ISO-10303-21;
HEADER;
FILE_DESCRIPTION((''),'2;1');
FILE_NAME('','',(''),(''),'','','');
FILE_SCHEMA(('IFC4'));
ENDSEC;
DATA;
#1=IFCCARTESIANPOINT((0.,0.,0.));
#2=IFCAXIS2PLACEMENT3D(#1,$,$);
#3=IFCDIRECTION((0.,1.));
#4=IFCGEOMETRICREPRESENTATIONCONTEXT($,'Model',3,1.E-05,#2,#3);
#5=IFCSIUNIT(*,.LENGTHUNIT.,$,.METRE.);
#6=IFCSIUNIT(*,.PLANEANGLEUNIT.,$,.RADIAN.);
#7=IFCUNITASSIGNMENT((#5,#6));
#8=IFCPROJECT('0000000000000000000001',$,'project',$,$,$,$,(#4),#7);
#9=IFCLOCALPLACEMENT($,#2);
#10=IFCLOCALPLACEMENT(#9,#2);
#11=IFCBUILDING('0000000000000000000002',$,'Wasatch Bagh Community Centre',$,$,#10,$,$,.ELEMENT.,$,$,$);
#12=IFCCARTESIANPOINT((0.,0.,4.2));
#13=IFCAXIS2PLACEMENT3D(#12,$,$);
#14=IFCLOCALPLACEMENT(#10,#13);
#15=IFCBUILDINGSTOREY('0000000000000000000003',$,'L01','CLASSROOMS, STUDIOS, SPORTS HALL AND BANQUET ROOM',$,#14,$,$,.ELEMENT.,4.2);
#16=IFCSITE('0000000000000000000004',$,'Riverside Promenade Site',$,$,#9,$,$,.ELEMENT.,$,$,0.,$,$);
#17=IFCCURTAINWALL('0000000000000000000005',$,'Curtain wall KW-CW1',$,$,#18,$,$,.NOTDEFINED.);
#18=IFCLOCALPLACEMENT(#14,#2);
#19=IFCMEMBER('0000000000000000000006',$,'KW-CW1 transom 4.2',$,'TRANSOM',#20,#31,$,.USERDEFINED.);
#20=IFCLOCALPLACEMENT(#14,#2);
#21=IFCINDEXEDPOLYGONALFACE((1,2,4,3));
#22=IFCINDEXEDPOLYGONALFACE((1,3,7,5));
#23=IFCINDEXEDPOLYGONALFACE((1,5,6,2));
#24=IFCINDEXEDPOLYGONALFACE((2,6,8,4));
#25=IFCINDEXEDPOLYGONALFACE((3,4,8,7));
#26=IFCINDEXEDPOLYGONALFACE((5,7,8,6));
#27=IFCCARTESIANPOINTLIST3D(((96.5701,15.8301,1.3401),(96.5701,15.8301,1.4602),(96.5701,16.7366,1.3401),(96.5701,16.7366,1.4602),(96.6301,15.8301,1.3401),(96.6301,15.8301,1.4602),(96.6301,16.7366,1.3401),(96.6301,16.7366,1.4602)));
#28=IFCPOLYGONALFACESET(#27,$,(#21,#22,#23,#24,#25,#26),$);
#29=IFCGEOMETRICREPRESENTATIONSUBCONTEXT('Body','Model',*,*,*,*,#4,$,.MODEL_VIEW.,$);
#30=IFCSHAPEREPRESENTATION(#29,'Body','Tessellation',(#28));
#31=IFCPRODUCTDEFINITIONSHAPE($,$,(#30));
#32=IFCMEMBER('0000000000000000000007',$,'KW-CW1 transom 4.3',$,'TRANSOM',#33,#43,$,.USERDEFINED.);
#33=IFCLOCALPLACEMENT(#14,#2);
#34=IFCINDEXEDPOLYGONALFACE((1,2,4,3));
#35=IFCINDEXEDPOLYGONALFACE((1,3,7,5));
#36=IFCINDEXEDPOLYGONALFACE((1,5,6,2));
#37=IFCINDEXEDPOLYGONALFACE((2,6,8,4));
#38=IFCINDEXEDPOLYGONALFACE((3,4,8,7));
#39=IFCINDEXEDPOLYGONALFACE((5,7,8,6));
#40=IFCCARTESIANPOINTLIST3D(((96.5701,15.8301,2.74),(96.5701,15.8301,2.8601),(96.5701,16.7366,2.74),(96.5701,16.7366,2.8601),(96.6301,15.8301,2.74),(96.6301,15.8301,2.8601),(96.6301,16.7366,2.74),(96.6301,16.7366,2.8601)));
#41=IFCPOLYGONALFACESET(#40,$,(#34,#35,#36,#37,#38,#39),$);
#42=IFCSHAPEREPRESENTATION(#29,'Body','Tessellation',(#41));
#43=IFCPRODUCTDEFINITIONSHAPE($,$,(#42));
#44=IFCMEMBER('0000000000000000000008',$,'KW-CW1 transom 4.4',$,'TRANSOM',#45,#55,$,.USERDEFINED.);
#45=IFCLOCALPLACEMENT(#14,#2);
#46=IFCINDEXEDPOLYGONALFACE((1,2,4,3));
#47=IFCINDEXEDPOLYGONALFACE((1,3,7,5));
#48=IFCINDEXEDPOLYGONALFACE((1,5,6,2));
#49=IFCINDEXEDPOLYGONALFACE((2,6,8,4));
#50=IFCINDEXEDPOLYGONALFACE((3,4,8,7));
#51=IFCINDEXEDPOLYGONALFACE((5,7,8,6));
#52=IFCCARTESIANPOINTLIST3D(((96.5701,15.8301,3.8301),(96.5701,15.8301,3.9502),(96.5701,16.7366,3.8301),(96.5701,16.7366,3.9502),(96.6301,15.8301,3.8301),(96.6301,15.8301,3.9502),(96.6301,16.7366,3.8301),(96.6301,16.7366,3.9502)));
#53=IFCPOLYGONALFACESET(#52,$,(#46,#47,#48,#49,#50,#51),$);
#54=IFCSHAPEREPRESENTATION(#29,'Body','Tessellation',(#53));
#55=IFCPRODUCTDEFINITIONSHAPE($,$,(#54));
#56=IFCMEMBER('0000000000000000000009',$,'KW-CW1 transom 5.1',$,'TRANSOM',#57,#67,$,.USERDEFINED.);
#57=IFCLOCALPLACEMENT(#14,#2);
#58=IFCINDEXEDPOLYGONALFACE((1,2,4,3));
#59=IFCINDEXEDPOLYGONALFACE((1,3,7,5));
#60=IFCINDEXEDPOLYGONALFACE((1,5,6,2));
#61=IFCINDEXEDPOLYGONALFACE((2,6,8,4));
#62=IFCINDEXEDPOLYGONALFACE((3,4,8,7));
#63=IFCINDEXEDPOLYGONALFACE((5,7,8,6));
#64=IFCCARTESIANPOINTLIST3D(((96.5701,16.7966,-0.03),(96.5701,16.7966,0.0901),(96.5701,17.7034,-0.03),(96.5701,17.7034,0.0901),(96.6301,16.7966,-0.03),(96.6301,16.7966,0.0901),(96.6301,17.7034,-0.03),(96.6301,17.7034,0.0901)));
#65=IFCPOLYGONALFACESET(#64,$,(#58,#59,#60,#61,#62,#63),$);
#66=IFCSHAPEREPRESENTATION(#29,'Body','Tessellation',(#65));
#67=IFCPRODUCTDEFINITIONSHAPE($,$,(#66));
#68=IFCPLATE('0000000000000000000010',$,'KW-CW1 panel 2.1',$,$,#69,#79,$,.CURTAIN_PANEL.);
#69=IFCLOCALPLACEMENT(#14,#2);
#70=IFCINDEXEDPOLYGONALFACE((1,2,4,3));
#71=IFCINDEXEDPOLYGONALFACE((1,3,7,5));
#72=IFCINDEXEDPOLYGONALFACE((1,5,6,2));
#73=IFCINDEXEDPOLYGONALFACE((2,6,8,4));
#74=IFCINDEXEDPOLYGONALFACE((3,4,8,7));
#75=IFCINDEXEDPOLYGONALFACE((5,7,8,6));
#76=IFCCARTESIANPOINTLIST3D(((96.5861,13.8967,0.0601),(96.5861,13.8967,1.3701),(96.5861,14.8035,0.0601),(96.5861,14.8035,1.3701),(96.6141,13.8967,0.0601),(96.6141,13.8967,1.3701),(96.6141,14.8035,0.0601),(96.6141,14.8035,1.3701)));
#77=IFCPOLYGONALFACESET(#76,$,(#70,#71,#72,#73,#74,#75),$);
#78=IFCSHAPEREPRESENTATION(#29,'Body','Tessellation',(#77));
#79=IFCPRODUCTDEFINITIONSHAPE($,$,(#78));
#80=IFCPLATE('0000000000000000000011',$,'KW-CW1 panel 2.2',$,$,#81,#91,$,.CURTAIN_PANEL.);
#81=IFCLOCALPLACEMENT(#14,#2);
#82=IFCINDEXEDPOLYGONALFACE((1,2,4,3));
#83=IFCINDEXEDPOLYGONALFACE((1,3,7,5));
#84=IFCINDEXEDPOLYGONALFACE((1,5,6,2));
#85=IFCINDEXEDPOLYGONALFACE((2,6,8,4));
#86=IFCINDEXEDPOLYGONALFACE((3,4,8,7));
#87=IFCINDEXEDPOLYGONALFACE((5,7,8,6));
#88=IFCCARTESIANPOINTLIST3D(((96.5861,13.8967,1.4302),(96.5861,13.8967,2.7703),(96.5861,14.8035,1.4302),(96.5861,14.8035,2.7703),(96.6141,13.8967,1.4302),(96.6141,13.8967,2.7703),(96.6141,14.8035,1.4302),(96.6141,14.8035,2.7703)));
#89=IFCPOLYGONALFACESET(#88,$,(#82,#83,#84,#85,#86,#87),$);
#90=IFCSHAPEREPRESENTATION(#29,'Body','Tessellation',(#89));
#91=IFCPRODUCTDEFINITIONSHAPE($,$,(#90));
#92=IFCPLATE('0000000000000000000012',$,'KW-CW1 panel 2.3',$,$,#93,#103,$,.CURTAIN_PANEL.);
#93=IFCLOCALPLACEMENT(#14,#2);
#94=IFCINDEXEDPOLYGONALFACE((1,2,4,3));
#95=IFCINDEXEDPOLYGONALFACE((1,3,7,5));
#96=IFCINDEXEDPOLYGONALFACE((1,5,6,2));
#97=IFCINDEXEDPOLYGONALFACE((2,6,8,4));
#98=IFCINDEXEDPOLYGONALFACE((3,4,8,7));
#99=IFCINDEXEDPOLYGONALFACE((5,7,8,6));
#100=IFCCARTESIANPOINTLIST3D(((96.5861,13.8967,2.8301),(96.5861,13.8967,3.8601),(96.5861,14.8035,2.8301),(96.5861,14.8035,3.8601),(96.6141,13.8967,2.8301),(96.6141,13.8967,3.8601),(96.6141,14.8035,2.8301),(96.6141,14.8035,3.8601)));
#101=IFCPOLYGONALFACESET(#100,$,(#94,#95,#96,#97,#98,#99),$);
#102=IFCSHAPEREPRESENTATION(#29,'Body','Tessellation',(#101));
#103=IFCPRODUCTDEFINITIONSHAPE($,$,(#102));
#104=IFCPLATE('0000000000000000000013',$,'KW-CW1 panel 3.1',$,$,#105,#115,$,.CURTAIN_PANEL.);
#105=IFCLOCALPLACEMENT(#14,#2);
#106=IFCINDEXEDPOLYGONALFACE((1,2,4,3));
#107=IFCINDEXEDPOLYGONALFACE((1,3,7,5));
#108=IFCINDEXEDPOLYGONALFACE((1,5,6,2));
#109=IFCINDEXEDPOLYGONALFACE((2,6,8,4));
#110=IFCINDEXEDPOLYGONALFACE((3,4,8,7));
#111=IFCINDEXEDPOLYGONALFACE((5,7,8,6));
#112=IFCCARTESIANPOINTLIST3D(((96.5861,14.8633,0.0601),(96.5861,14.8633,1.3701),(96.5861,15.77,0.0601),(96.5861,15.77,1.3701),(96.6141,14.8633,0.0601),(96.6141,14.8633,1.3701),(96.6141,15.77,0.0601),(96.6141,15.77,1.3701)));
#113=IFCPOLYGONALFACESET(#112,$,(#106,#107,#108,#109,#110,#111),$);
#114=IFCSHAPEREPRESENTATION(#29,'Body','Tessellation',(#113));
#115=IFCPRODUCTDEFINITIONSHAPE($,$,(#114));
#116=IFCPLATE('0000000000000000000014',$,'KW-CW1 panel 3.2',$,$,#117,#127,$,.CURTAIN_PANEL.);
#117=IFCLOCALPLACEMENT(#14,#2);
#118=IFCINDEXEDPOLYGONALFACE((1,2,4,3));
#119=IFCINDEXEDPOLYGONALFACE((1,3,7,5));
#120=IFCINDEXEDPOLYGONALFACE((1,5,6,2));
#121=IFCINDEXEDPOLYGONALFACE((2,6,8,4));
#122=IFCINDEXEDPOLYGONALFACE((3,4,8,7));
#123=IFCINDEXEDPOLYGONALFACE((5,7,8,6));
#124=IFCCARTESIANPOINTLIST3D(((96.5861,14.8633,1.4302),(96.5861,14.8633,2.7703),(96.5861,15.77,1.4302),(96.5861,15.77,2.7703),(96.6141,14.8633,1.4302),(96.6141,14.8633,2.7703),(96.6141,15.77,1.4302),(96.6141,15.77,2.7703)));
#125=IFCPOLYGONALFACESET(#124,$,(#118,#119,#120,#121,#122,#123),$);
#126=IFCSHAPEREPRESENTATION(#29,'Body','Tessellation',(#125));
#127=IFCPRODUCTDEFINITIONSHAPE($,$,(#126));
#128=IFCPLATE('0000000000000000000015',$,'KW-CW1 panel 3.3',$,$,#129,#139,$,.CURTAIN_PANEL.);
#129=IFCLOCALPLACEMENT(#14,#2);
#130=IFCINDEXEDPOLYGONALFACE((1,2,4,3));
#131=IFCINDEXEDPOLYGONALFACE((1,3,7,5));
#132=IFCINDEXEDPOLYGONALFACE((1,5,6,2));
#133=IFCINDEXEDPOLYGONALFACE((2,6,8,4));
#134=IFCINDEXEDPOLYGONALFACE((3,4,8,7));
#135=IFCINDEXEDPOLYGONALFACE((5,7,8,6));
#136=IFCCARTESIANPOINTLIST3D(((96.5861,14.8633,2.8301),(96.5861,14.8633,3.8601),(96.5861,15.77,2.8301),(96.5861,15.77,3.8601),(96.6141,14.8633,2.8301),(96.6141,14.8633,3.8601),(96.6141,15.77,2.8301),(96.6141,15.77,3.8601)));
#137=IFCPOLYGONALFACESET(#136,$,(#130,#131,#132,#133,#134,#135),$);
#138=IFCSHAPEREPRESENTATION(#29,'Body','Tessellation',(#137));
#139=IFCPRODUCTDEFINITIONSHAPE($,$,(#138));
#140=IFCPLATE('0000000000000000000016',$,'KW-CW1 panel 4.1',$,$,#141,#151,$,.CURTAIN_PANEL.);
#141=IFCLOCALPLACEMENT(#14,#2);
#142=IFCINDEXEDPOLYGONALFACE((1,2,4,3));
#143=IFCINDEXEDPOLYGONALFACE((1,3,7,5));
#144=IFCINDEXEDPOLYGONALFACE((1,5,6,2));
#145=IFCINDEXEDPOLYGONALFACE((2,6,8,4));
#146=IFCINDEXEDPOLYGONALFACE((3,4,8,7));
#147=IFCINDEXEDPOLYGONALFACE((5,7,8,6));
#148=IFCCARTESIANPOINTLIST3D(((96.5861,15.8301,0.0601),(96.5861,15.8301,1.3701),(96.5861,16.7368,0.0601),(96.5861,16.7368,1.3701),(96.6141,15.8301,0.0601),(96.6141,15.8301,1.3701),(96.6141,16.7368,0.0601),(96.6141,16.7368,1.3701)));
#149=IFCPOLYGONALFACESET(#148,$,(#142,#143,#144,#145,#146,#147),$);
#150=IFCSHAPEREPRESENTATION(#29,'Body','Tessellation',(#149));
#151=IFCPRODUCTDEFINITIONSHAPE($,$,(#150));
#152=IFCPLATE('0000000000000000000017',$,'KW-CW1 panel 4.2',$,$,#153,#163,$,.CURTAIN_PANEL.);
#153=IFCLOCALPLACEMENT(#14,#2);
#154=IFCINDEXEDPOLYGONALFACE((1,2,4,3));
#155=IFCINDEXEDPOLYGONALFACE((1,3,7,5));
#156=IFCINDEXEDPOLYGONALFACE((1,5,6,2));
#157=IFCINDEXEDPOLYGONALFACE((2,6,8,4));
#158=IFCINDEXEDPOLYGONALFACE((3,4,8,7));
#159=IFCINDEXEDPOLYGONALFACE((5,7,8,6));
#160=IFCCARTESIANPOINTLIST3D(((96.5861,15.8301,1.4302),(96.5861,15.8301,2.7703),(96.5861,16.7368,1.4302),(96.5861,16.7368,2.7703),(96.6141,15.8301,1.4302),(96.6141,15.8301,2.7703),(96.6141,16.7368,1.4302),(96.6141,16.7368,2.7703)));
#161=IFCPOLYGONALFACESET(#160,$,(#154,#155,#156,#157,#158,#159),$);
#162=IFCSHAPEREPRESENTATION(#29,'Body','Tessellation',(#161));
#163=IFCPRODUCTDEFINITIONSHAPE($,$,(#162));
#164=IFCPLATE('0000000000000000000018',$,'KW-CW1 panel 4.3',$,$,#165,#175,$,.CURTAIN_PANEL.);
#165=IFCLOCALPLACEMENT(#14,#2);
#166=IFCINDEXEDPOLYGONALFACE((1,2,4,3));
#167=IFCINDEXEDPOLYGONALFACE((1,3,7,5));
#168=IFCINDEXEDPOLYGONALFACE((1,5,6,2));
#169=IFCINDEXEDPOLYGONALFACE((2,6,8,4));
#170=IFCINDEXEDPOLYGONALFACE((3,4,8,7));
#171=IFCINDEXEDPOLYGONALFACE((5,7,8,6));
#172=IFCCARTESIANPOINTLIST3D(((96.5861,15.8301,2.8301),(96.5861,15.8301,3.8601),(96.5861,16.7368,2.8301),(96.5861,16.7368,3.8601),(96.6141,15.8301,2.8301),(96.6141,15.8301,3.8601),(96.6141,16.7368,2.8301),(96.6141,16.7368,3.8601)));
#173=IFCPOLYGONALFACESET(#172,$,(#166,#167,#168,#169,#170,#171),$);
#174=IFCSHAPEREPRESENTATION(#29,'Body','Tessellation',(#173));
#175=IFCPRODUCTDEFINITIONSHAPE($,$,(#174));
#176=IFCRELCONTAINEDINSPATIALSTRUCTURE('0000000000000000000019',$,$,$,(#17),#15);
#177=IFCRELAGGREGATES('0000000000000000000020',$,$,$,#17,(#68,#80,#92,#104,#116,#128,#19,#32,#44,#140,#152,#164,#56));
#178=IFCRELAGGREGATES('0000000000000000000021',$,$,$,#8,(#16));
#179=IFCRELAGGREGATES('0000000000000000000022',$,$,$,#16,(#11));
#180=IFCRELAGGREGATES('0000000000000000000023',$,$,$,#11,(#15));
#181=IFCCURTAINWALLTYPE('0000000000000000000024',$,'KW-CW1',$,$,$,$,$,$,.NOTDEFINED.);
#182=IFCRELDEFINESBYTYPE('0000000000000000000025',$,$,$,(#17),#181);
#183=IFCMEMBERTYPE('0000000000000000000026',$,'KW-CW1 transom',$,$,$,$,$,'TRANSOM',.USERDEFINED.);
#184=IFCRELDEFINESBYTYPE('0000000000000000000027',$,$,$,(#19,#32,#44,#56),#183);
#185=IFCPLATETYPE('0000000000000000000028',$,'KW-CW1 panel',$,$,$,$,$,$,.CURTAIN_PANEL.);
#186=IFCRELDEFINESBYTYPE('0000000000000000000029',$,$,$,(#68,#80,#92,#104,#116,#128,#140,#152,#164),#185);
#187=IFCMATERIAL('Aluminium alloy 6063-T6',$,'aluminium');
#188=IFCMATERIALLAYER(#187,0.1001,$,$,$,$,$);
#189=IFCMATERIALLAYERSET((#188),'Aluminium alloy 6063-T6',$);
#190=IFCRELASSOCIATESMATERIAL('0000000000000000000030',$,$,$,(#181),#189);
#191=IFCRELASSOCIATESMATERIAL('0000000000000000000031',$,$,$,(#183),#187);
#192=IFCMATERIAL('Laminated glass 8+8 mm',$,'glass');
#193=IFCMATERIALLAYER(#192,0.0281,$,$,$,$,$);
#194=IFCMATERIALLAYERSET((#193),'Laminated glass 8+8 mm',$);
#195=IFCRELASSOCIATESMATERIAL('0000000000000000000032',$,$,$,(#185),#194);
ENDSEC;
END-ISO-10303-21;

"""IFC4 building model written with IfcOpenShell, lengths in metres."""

from ifc_helpers import new_model, si_unit, direction, frame, origin, origin_2d, place, context, subcontext, project, spatial, rectangle, extrude, material, layer, layer_set, material_profile, profile_set, type_object, element, aggregate, save


model = new_model("IFC4")

# Units and contexts
model_context = context("Model", 3, precision=1e-05, world=origin(), true_north=direction((0.0, 1.0)))
body_context = subcontext(model_context, "Body", "Model", "MODEL_VIEW")
ifc_project = project(units=[si_unit("LENGTHUNIT", "METRE"), si_unit("PLANEANGLEUNIT", "RADIAN")], contexts=[model_context])

# Site, building, storey
site_placement = place(None, origin())
site = spatial("IfcSite", under=ifc_project, at=site_placement, Name="Riverside Promenade Site", CompositionType="ELEMENT", RefElevation=0.0)
building_placement = place(site_placement, origin())
building = spatial("IfcBuilding", under=site, at=building_placement, Name="Wasatch Bagh Community Centre", CompositionType="ELEMENT")
storey_placement = place(building_placement, frame((0.0, 0.0, 4.2)))
storey = spatial("IfcBuildingStorey", under=building, at=storey_placement, Name="L01", Description="CLASSROOMS, STUDIOS, SPORTS HALL AND BANQUET ROOM", CompositionType="ELEMENT", Elevation=4.2)

# Curtain wall, members, plates
ifc_material_1 = material(Name="Aluminium alloy 6063-T6", Category="aluminium")
ifc_layer_1 = layer(ifc_material_1, 0.1001)
ifc_layer_set_1 = layer_set([ifc_layer_1], Name="Aluminium alloy 6063-T6")
curtain_wall_type = type_object("IfcCurtainWallType", Name="KW-CW1", PredefinedType="NOTDEFINED", material=ifc_layer_set_1)
curtain_wall_placement = place(storey_placement, origin())
curtain_wall = element("IfcCurtainWall", 1, at=curtain_wall_placement, inside=storey, type_object=curtain_wall_type, Name="Curtain wall KW-CW1", PredefinedType="NOTDEFINED")
ifc_material_profile_1 = material_profile(ifc_material_1, rectangle(XDim=0.0601, YDim=0.1201, at=origin_2d()), Name="AL 60x120")
ifc_profile_set_1 = profile_set([ifc_material_profile_1], Name="Aluminium alloy 6063-T6")
member_type_1 = type_object("IfcMemberType", Name="KW-CW1 transom", ElementType="TRANSOM", PredefinedType="USERDEFINED", material=ifc_profile_set_1)
member_1_placement = place(storey_placement, frame((96.6001, 15.8301, 1.4001), z_axis=(0.0, 1.0, 0.0), x_axis=(-1.0, 0.0, 0.0)))
member_1 = element("IfcMember", 2, at=member_1_placement, type_object=member_type_1, Name="KW-CW1 transom 4.2", ObjectType="TRANSOM", PredefinedType="USERDEFINED", context=body_context, shape_type="SweptSolid", body=[
    extrude(rectangle(XDim=0.0601, YDim=0.1201, at=origin_2d()), origin(), (0.0, 0.0, 1.0), 0.9065),
])
member_2_placement = place(storey_placement, frame((96.6001, 15.8301, 2.8), z_axis=(0.0, 1.0, 0.0), x_axis=(-1.0, 0.0, 0.0)))
member_2 = element("IfcMember", 3, at=member_2_placement, type_object=member_type_1, Name="KW-CW1 transom 4.3", ObjectType="TRANSOM", PredefinedType="USERDEFINED", context=body_context, shape_type="SweptSolid", body=[
    extrude(rectangle(XDim=0.0601, YDim=0.1201, at=origin_2d()), origin(), (0.0, 0.0, 1.0), 0.9065),
])
member_3_placement = place(storey_placement, frame((96.6001, 15.8301, 3.8901), z_axis=(0.0, 1.0, 0.0), x_axis=(-1.0, 0.0, 0.0)))
member_3 = element("IfcMember", 4, at=member_3_placement, type_object=member_type_1, Name="KW-CW1 transom 4.4", ObjectType="TRANSOM", PredefinedType="USERDEFINED", context=body_context, shape_type="SweptSolid", body=[
    extrude(rectangle(XDim=0.0601, YDim=0.1201, at=origin_2d()), origin(), (0.0, 0.0, 1.0), 0.9065),
])
member_4_placement = place(storey_placement, frame((96.6001, 16.7966, 0.03), z_axis=(0.0, 1.0, 0.0), x_axis=(-1.0, 0.0, 0.0)))
member_4 = element("IfcMember", 5, at=member_4_placement, type_object=member_type_1, Name="KW-CW1 transom 5.1", ObjectType="TRANSOM", PredefinedType="USERDEFINED", context=body_context, shape_type="SweptSolid", body=[
    extrude(rectangle(XDim=0.0601, YDim=0.1201, at=origin_2d()), origin(), (0.0, 0.0, 1.0), 0.9067),
])
ifc_material_2 = material(Name="Laminated glass 8+8 mm", Category="glass")
ifc_layer_2 = layer(ifc_material_2, 0.0281)
ifc_layer_set_2 = layer_set([ifc_layer_2], Name="Laminated glass 8+8 mm")
plate_type = type_object("IfcPlateType", Name="KW-CW1 panel", PredefinedType="CURTAIN_PANEL", material=ifc_layer_set_2)
plate_1_placement = place(storey_placement, frame((96.6001, 14.3501, 0.0601), z_axis=(0.0, 0.0, 1.0), x_axis=(0.0, 1.0, 0.0)))
plate_1 = element("IfcPlate", 6, at=plate_1_placement, type_object=plate_type, Name="KW-CW1 panel 2.1", PredefinedType="CURTAIN_PANEL", context=body_context, shape_type="SweptSolid", body=[
    extrude(rectangle(XDim=0.9067, YDim=0.0281, at=origin_2d()), origin(), (0.0, 0.0, 1.0), 1.3101),
])
plate_2_placement = place(storey_placement, frame((96.6001, 14.3501, 1.4302), z_axis=(0.0, 0.0, 1.0), x_axis=(0.0, 1.0, 0.0)))
plate_2 = element("IfcPlate", 7, at=plate_2_placement, type_object=plate_type, Name="KW-CW1 panel 2.2", PredefinedType="CURTAIN_PANEL", context=body_context, shape_type="SweptSolid", body=[
    extrude(rectangle(XDim=0.9067, YDim=0.0281, at=origin_2d()), origin(), (0.0, 0.0, 1.0), 1.3401),
])
plate_3_placement = place(storey_placement, frame((96.6001, 14.3501, 2.8301), z_axis=(0.0, 0.0, 1.0), x_axis=(0.0, 1.0, 0.0)))
plate_3 = element("IfcPlate", 8, at=plate_3_placement, type_object=plate_type, Name="KW-CW1 panel 2.3", PredefinedType="CURTAIN_PANEL", context=body_context, shape_type="SweptSolid", body=[
    extrude(rectangle(XDim=0.9067, YDim=0.0281, at=origin_2d()), origin(), (0.0, 0.0, 1.0), 1.03),
])
plate_4_placement = place(storey_placement, frame((96.6001, 15.3167, 0.0601), z_axis=(0.0, 0.0, 1.0), x_axis=(0.0, 1.0, 0.0)))
plate_4 = element("IfcPlate", 9, at=plate_4_placement, type_object=plate_type, Name="KW-CW1 panel 3.1", PredefinedType="CURTAIN_PANEL", context=body_context, shape_type="SweptSolid", body=[
    extrude(rectangle(XDim=0.9067, YDim=0.0281, at=origin_2d()), origin(), (0.0, 0.0, 1.0), 1.3101),
])
plate_5_placement = place(storey_placement, frame((96.6001, 15.3167, 1.4302), z_axis=(0.0, 0.0, 1.0), x_axis=(0.0, 1.0, 0.0)))
plate_5 = element("IfcPlate", 10, at=plate_5_placement, type_object=plate_type, Name="KW-CW1 panel 3.2", PredefinedType="CURTAIN_PANEL", context=body_context, shape_type="SweptSolid", body=[
    extrude(rectangle(XDim=0.9067, YDim=0.0281, at=origin_2d()), origin(), (0.0, 0.0, 1.0), 1.3401),
])
plate_6_placement = place(storey_placement, frame((96.6001, 15.3167, 2.8301), z_axis=(0.0, 0.0, 1.0), x_axis=(0.0, 1.0, 0.0)))
plate_6 = element("IfcPlate", 11, at=plate_6_placement, type_object=plate_type, Name="KW-CW1 panel 3.3", PredefinedType="CURTAIN_PANEL", context=body_context, shape_type="SweptSolid", body=[
    extrude(rectangle(XDim=0.9067, YDim=0.0281, at=origin_2d()), origin(), (0.0, 0.0, 1.0), 1.03),
])
plate_7_placement = place(storey_placement, frame((96.6001, 16.2834, 0.0601), z_axis=(0.0, 0.0, 1.0), x_axis=(0.0, 1.0, 0.0)))
plate_7 = element("IfcPlate", 12, at=plate_7_placement, type_object=plate_type, Name="KW-CW1 panel 4.1", PredefinedType="CURTAIN_PANEL", context=body_context, shape_type="SweptSolid", body=[
    extrude(rectangle(XDim=0.9067, YDim=0.0281, at=origin_2d()), origin(), (0.0, 0.0, 1.0), 1.3101),
])
plate_8_placement = place(storey_placement, frame((96.6001, 16.2834, 1.4302), z_axis=(0.0, 0.0, 1.0), x_axis=(0.0, 1.0, 0.0)))
plate_8 = element("IfcPlate", 13, at=plate_8_placement, type_object=plate_type, Name="KW-CW1 panel 4.2", PredefinedType="CURTAIN_PANEL", context=body_context, shape_type="SweptSolid", body=[
    extrude(rectangle(XDim=0.9067, YDim=0.0281, at=origin_2d()), origin(), (0.0, 0.0, 1.0), 1.3401),
])
plate_9_placement = place(storey_placement, frame((96.6001, 16.2834, 2.8301), z_axis=(0.0, 0.0, 1.0), x_axis=(0.0, 1.0, 0.0)))
plate_9 = element("IfcPlate", 14, at=plate_9_placement, type_object=plate_type, Name="KW-CW1 panel 4.3", PredefinedType="CURTAIN_PANEL", context=body_context, shape_type="SweptSolid", body=[
    extrude(rectangle(XDim=0.9067, YDim=0.0281, at=origin_2d()), origin(), (0.0, 0.0, 1.0), 1.03),
])
aggregate(curtain_wall, [plate_1, plate_2, plate_3, plate_4, plate_5, plate_6, member_1, member_2, member_3, plate_7, plate_8, plate_9, member_4])

save(model, "model.ifc")
